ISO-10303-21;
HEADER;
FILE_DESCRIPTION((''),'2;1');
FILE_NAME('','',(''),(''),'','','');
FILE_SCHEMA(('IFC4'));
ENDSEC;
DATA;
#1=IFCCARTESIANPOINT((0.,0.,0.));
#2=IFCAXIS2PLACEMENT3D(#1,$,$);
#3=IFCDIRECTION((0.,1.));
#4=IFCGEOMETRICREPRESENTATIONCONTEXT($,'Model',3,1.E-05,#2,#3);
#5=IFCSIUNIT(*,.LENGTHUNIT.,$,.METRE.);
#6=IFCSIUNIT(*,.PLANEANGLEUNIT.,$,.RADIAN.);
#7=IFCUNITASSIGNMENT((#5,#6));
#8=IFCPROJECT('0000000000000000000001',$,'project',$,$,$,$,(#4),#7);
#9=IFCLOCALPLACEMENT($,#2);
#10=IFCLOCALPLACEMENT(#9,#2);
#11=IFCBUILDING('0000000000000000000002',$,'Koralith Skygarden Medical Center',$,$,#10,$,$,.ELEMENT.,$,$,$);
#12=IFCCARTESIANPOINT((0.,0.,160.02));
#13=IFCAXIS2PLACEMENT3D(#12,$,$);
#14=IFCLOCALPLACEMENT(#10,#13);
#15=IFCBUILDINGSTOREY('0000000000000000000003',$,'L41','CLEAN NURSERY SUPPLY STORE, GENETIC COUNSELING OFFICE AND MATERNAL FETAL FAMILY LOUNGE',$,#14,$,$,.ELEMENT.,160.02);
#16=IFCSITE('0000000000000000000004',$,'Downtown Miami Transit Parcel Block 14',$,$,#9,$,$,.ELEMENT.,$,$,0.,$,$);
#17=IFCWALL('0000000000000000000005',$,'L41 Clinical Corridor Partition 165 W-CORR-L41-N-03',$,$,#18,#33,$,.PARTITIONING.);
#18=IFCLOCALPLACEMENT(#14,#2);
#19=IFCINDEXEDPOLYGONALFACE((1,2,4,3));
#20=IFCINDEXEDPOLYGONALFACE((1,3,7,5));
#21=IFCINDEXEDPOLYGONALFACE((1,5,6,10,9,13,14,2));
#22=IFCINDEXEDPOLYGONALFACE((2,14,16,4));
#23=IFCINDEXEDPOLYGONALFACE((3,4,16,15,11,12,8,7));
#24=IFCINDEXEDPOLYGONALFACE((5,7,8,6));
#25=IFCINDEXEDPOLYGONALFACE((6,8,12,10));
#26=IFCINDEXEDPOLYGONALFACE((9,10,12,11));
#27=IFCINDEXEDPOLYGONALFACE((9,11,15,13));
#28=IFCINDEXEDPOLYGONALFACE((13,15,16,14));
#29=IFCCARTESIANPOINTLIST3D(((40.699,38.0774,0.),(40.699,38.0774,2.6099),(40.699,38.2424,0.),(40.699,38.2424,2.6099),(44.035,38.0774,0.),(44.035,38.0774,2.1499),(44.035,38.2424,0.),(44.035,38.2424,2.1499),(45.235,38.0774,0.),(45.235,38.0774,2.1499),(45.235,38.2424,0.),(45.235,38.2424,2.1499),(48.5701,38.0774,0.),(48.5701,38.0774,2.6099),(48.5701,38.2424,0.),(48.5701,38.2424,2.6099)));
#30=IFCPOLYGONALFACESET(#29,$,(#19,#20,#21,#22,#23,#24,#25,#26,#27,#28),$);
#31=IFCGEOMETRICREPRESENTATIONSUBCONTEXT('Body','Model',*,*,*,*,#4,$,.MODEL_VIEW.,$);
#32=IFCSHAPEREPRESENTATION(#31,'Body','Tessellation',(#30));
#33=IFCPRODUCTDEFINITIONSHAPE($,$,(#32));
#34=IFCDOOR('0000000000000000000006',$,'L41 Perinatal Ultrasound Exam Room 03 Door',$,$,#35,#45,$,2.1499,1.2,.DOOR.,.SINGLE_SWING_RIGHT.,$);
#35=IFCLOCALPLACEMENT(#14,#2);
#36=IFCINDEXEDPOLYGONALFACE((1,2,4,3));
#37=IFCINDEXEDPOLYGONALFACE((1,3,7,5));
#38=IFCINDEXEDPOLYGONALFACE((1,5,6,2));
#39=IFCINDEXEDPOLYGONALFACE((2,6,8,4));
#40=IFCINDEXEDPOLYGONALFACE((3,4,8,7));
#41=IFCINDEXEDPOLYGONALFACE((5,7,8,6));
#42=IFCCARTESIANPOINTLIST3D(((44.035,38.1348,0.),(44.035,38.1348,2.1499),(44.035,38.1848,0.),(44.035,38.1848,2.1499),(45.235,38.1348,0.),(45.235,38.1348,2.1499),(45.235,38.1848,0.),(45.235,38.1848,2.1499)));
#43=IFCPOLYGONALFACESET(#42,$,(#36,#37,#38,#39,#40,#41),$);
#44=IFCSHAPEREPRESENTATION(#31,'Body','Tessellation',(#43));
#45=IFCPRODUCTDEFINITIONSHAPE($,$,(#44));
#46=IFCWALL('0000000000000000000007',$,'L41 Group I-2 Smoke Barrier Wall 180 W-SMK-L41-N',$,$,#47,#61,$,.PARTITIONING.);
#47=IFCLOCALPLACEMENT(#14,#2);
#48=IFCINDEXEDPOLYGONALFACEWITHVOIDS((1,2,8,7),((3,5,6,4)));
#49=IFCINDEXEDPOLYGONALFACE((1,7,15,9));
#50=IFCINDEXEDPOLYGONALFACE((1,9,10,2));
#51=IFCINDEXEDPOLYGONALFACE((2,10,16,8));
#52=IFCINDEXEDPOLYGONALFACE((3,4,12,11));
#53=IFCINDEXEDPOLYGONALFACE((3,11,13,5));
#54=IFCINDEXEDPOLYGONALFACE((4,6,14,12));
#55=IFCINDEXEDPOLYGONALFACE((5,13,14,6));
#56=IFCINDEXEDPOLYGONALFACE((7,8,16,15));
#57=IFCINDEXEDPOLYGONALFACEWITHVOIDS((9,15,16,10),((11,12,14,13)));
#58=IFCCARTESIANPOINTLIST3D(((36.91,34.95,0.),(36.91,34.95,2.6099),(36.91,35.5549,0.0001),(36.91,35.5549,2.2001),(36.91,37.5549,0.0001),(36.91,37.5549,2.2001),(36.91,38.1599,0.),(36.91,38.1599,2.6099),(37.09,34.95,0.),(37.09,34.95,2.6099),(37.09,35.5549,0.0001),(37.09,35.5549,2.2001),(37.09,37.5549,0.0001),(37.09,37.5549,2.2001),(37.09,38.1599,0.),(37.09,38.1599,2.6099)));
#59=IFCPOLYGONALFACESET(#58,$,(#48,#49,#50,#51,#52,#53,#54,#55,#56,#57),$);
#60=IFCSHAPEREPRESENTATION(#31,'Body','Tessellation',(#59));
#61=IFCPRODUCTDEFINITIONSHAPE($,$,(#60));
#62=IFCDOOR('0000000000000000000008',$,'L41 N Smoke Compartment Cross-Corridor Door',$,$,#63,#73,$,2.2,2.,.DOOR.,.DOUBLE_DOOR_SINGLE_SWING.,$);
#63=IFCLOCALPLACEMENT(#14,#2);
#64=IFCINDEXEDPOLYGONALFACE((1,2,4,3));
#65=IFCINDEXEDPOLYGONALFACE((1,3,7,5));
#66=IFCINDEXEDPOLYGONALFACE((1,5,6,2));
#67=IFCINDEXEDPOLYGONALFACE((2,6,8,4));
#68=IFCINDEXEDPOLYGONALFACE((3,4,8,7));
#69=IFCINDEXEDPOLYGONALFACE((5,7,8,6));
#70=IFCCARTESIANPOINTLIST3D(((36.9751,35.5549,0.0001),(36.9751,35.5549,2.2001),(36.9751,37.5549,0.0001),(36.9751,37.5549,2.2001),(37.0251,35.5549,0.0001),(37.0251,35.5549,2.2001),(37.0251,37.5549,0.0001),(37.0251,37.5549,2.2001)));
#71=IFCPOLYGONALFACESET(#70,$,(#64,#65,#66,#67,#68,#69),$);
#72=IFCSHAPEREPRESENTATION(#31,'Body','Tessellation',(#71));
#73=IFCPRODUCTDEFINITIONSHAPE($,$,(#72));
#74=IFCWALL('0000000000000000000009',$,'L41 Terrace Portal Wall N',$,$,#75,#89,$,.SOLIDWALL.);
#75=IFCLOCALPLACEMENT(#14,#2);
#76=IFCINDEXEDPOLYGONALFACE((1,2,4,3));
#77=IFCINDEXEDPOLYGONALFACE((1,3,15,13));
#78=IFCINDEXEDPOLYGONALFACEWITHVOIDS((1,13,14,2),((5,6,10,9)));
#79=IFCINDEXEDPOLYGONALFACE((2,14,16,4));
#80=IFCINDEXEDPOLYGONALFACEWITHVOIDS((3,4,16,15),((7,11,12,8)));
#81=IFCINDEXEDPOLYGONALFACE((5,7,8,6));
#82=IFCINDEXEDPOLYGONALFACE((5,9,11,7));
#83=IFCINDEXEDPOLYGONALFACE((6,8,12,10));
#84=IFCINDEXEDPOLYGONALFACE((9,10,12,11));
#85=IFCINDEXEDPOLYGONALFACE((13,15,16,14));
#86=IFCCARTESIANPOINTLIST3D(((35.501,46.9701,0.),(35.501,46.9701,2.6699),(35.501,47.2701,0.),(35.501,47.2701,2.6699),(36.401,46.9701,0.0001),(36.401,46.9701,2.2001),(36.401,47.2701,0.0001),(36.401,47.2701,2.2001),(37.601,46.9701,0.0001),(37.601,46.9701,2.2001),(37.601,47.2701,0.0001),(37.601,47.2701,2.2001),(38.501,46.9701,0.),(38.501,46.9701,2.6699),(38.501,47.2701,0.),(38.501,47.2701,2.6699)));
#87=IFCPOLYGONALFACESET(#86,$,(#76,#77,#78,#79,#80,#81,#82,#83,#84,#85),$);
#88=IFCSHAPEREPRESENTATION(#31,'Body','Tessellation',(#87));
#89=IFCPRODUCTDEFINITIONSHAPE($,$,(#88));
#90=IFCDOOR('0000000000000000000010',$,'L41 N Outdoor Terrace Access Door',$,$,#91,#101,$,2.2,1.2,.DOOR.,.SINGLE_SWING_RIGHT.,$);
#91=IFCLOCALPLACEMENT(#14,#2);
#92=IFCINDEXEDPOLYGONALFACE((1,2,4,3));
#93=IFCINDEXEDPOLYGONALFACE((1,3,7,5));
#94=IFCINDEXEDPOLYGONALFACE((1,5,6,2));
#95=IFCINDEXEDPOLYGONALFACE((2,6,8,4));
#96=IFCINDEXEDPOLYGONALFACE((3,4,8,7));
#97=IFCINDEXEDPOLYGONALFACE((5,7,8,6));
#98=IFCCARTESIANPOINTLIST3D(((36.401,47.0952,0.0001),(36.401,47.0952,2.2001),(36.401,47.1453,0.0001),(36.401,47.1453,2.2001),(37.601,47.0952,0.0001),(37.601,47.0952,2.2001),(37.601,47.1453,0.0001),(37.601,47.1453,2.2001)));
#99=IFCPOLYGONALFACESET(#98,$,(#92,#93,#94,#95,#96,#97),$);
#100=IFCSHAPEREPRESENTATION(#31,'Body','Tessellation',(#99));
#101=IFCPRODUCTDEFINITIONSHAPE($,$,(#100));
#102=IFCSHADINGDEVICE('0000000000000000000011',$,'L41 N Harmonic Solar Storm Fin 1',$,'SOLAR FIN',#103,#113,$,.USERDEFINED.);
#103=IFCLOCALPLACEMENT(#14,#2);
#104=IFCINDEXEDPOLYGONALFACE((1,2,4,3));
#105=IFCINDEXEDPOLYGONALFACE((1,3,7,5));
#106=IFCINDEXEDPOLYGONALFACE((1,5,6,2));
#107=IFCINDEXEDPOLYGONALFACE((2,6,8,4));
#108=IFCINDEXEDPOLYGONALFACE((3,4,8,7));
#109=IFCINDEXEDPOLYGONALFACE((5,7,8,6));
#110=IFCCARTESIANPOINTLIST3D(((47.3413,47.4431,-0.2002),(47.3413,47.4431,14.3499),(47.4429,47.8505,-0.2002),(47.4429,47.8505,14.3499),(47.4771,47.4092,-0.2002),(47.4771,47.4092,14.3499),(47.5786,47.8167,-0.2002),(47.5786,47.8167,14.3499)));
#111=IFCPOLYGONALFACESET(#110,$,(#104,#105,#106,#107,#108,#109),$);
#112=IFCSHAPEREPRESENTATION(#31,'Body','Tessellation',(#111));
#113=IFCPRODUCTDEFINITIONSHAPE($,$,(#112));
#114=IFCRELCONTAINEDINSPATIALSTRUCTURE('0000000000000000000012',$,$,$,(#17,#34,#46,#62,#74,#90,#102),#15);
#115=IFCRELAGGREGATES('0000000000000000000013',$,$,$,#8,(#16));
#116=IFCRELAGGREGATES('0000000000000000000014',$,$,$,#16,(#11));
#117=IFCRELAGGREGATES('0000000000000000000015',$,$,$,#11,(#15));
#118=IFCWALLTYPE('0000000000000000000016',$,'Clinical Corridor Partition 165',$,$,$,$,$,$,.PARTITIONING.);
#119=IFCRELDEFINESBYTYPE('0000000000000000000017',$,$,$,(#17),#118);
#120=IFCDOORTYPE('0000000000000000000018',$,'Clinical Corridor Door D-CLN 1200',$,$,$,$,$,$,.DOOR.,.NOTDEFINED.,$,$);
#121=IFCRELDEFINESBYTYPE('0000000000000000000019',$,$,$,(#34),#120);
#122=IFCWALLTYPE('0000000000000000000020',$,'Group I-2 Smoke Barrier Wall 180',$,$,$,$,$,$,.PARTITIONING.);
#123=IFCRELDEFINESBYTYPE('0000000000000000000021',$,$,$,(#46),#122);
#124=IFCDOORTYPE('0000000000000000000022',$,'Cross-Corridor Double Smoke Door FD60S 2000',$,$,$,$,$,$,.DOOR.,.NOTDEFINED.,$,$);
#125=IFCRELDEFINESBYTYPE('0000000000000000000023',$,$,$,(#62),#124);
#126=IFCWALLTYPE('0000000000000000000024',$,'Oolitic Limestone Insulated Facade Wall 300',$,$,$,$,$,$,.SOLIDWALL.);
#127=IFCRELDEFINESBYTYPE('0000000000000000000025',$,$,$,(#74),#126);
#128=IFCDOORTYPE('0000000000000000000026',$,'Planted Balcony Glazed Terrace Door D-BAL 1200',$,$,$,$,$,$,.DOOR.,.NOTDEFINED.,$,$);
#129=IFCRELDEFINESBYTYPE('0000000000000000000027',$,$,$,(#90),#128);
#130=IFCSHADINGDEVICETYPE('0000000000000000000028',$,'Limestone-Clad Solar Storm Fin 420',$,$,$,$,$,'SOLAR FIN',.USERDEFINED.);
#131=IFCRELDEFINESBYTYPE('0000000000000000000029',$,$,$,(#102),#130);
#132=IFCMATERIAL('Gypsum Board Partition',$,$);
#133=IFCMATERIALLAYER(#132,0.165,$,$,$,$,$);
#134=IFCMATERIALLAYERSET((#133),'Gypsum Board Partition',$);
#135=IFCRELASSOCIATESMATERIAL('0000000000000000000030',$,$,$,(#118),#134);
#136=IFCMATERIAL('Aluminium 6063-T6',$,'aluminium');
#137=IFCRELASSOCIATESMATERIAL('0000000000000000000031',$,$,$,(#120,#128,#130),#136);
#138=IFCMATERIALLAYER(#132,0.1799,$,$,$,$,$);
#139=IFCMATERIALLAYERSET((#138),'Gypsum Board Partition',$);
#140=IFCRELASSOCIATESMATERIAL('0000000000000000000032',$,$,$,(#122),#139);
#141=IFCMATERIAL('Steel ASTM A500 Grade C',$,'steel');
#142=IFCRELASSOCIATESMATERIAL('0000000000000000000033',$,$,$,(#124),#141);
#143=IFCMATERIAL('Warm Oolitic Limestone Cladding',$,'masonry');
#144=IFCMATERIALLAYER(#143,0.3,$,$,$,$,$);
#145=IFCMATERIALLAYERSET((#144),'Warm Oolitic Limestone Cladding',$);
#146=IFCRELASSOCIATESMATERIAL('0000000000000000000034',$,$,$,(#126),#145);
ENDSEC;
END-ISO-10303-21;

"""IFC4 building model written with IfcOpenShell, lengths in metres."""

from ifc_helpers import new_model, si_unit, direction, frame, frame_2d, origin, origin_2d, place, context, subcontext, project, spatial, rectangle, extrude, material, layer, layer_set, type_object, element, fill, save


model = new_model("IFC4")

# Units and contexts
model_context = context("Model", 3, precision=1e-05, world=origin(), true_north=direction((0.0, 1.0)))
body_context = subcontext(model_context, "Body", "Model", "MODEL_VIEW")
ifc_project = project(units=[si_unit("LENGTHUNIT", "METRE"), si_unit("PLANEANGLEUNIT", "RADIAN")], contexts=[model_context])

# Site, building, storey
site_placement = place(None, origin())
site = spatial("IfcSite", under=ifc_project, at=site_placement, Name="Downtown Miami Transit Parcel Block 14", CompositionType="ELEMENT", RefElevation=0.0)
building_placement = place(site_placement, origin())
building = spatial("IfcBuilding", under=site, at=building_placement, Name="Koralith Skygarden Medical Center", CompositionType="ELEMENT")
storey_placement = place(building_placement, frame((0.0, 0.0, 160.02)))
storey = spatial("IfcBuildingStorey", under=building, at=storey_placement, Name="L41", Description="CLEAN NURSERY SUPPLY STORE, GENETIC COUNSELING OFFICE AND MATERNAL FETAL FAMILY LOUNGE", CompositionType="ELEMENT", Elevation=160.02)

# Shared definitions
ifc_material_1 = material(Name="Aluminium 6063-T6", Category="aluminium")

# Shared definitions
ifc_material_2 = material(Name="Gypsum Board Partition")
ifc_layer_1 = layer(ifc_material_2, 0.165)
ifc_layer_set_1 = layer_set([ifc_layer_1], Name="Gypsum Board Partition")
wall_type_1 = type_object("IfcWallType", Name="Clinical Corridor Partition 165", PredefinedType="PARTITIONING", material=ifc_layer_set_1)

# Walls, openings, doors
wall_1_placement = place(storey_placement, frame((40.699, 38.1599, 0.0), z_axis=(0.0, 0.0, 1.0), x_axis=(1.0, 0.0, 0.0)))
wall_1 = element("IfcWall", 1, at=wall_1_placement, inside=storey, type_object=wall_type_1, Name="L41 Clinical Corridor Partition 165 W-CORR-L41-N-03", PredefinedType="PARTITIONING", context=body_context, shape_type="SweptSolid", body=[
    extrude(rectangle(XDim=7.8711, YDim=0.165, at=frame_2d((3.9355, 0.0))), origin(), (0.0, 0.0, 1.0), 2.6099),
])
opening_1_placement = place(wall_1_placement, frame((3.3359, 0.0, 0.0)))
opening_1 = element("IfcOpeningElement", 2, at=opening_1_placement, cuts=wall_1, PredefinedType="OPENING", context=body_context, shape_type="SweptSolid", body=[
    extrude(rectangle(XDim=1.2, YDim=2.1499, at=frame_2d((0.6001, 1.075))), frame((0.0, 0.0925, 0.0), z_axis=(0.0, -1.0, 0.0), x_axis=(1.0, 0.0, 0.0)), (0.0, 0.0, 1.0), 0.1851),
])
door_type_1 = type_object("IfcDoorType", Name="Clinical Corridor Door D-CLN 1200", OperationType="NOTDEFINED", PredefinedType="DOOR", material=ifc_material_1)
door_1_placement = place(opening_1_placement, origin())
door_1 = element("IfcDoor", 3, at=door_1_placement, inside=storey, type_object=door_type_1, Name="L41 Perinatal Ultrasound Exam Room 03 Door", OperationType="SINGLE_SWING_RIGHT", OverallHeight=2.1499, OverallWidth=1.2, PredefinedType="DOOR", context=body_context, shape_type="SweptSolid", body=[
    extrude(rectangle(XDim=1.2, YDim=2.1499, at=frame_2d((0.6001, 1.075))), frame((0.0, 0.0249, 0.0), z_axis=(0.0, -1.0, 0.0), x_axis=(1.0, 0.0, 0.0)), (0.0, 0.0, 1.0), 0.05),
])
fill(opening_1, door_1)
ifc_layer_2 = layer(ifc_material_2, 0.1799)
ifc_layer_set_2 = layer_set([ifc_layer_2], Name="Gypsum Board Partition")
wall_type_2 = type_object("IfcWallType", Name="Group I-2 Smoke Barrier Wall 180", PredefinedType="PARTITIONING", material=ifc_layer_set_2)
wall_2_placement = place(storey_placement, frame((37.0, 34.95, 0.0), z_axis=(0.0, 0.0, 1.0), x_axis=(0.0, 1.0, 0.0)))
wall_2 = element("IfcWall", 4, at=wall_2_placement, inside=storey, type_object=wall_type_2, Name="L41 Group I-2 Smoke Barrier Wall 180 W-SMK-L41-N", PredefinedType="PARTITIONING", context=body_context, shape_type="SweptSolid", body=[
    extrude(rectangle(XDim=3.21, YDim=0.1799, at=frame_2d((1.605, 0.0))), origin(), (0.0, 0.0, 1.0), 2.6099),
])
opening_2_placement = place(wall_2_placement, frame((0.605, 0.0, 0.0)))
opening_2 = element("IfcOpeningElement", 5, at=opening_2_placement, cuts=wall_2, PredefinedType="OPENING", context=body_context, shape_type="SweptSolid", body=[
    extrude(rectangle(XDim=2.0, YDim=2.2, at=frame_2d((1.0, 1.1001))), frame((0.0, 0.0999, 0.0), z_axis=(0.0, -1.0, 0.0), x_axis=(1.0, 0.0, 0.0)), (0.0, 0.0, 1.0), 0.2),
])
ifc_material_3 = material(Name="Steel ASTM A500 Grade C", Category="steel")
door_type_2 = type_object("IfcDoorType", Name="Cross-Corridor Double Smoke Door FD60S 2000", OperationType="NOTDEFINED", PredefinedType="DOOR", material=ifc_material_3)
door_2_placement = place(opening_2_placement, origin())
door_2 = element("IfcDoor", 6, at=door_2_placement, inside=storey, type_object=door_type_2, Name="L41 N Smoke Compartment Cross-Corridor Door", OperationType="DOUBLE_DOOR_SINGLE_SWING", OverallHeight=2.2, OverallWidth=2.0, PredefinedType="DOOR", context=body_context, shape_type="SweptSolid", body=[
    extrude(rectangle(XDim=2.0, YDim=2.2, at=frame_2d((1.0, 1.1001))), frame((0.0, 0.0249, 0.0), z_axis=(0.0, -1.0, 0.0), x_axis=(1.0, 0.0, 0.0)), (0.0, 0.0, 1.0), 0.05),
])
fill(opening_2, door_2)
ifc_material_4 = material(Name="Warm Oolitic Limestone Cladding", Category="masonry")
ifc_layer_3 = layer(ifc_material_4, 0.3)
ifc_layer_set_3 = layer_set([ifc_layer_3], Name="Warm Oolitic Limestone Cladding")
wall_type_3 = type_object("IfcWallType", Name="Oolitic Limestone Insulated Facade Wall 300", PredefinedType="SOLIDWALL", material=ifc_layer_set_3)
wall_3_placement = place(storey_placement, frame((38.501, 47.1201, 0.0), z_axis=(0.0, 0.0, 1.0), x_axis=(-1.0, 0.0, 0.0)))
wall_3 = element("IfcWall", 7, at=wall_3_placement, inside=storey, type_object=wall_type_3, Name="L41 Terrace Portal Wall N", PredefinedType="SOLIDWALL", context=body_context, shape_type="SweptSolid", body=[
    extrude(rectangle(XDim=3.0, YDim=0.3, at=frame_2d((1.5, 0.0))), origin(), (0.0, 0.0, 1.0), 2.6699),
])
opening_3_placement = place(wall_3_placement, frame((0.8999, 0.0, 0.0)))
opening_3 = element("IfcOpeningElement", 8, at=opening_3_placement, cuts=wall_3, PredefinedType="OPENING", context=body_context, shape_type="SweptSolid", body=[
    extrude(rectangle(XDim=1.2, YDim=2.2, at=frame_2d((0.6001, 1.1001))), frame((0.0, 0.1599, 0.0), z_axis=(0.0, -1.0, 0.0), x_axis=(1.0, 0.0, 0.0)), (0.0, 0.0, 1.0), 0.3201),
])
door_type_3 = type_object("IfcDoorType", Name="Planted Balcony Glazed Terrace Door D-BAL 1200", OperationType="NOTDEFINED", PredefinedType="DOOR", material=ifc_material_1)
door_3_placement = place(opening_3_placement, origin())
door_3 = element("IfcDoor", 9, at=door_3_placement, inside=storey, type_object=door_type_3, Name="L41 N Outdoor Terrace Access Door", OperationType="SINGLE_SWING_RIGHT", OverallHeight=2.2, OverallWidth=1.2, PredefinedType="DOOR", context=body_context, shape_type="SweptSolid", body=[
    extrude(rectangle(XDim=1.2, YDim=2.2, at=frame_2d((0.6001, 1.1001))), frame((0.0, 0.0249, 0.0), z_axis=(0.0, -1.0, 0.0), x_axis=(1.0, 0.0, 0.0)), (0.0, 0.0, 1.0), 0.05),
])
fill(opening_3, door_3)

# Shading device
shading_device_type_1 = type_object("IfcShadingDeviceType", Name="Limestone-Clad Solar Storm Fin 420", ElementType="SOLAR FIN", PredefinedType="USERDEFINED", material=ifc_material_1)
shading_device_1_placement = place(storey_placement, frame((47.46, 47.6299, -0.2002), z_axis=(0.0, 0.0, 1.0), x_axis=(0.241786, 0.970329, 0.0)))
element("IfcShadingDevice", 10, at=shading_device_1_placement, inside=storey, type_object=shading_device_type_1, Name="L41 N Harmonic Solar Storm Fin 1", ObjectType="SOLAR FIN", PredefinedType="USERDEFINED", context=body_context, shape_type="SweptSolid", body=[
    extrude(rectangle(XDim=0.4199, YDim=0.1399, at=origin_2d()), origin(), (0.0, 0.0, 1.0), 14.55),
])

save(model, "model.ifc")
